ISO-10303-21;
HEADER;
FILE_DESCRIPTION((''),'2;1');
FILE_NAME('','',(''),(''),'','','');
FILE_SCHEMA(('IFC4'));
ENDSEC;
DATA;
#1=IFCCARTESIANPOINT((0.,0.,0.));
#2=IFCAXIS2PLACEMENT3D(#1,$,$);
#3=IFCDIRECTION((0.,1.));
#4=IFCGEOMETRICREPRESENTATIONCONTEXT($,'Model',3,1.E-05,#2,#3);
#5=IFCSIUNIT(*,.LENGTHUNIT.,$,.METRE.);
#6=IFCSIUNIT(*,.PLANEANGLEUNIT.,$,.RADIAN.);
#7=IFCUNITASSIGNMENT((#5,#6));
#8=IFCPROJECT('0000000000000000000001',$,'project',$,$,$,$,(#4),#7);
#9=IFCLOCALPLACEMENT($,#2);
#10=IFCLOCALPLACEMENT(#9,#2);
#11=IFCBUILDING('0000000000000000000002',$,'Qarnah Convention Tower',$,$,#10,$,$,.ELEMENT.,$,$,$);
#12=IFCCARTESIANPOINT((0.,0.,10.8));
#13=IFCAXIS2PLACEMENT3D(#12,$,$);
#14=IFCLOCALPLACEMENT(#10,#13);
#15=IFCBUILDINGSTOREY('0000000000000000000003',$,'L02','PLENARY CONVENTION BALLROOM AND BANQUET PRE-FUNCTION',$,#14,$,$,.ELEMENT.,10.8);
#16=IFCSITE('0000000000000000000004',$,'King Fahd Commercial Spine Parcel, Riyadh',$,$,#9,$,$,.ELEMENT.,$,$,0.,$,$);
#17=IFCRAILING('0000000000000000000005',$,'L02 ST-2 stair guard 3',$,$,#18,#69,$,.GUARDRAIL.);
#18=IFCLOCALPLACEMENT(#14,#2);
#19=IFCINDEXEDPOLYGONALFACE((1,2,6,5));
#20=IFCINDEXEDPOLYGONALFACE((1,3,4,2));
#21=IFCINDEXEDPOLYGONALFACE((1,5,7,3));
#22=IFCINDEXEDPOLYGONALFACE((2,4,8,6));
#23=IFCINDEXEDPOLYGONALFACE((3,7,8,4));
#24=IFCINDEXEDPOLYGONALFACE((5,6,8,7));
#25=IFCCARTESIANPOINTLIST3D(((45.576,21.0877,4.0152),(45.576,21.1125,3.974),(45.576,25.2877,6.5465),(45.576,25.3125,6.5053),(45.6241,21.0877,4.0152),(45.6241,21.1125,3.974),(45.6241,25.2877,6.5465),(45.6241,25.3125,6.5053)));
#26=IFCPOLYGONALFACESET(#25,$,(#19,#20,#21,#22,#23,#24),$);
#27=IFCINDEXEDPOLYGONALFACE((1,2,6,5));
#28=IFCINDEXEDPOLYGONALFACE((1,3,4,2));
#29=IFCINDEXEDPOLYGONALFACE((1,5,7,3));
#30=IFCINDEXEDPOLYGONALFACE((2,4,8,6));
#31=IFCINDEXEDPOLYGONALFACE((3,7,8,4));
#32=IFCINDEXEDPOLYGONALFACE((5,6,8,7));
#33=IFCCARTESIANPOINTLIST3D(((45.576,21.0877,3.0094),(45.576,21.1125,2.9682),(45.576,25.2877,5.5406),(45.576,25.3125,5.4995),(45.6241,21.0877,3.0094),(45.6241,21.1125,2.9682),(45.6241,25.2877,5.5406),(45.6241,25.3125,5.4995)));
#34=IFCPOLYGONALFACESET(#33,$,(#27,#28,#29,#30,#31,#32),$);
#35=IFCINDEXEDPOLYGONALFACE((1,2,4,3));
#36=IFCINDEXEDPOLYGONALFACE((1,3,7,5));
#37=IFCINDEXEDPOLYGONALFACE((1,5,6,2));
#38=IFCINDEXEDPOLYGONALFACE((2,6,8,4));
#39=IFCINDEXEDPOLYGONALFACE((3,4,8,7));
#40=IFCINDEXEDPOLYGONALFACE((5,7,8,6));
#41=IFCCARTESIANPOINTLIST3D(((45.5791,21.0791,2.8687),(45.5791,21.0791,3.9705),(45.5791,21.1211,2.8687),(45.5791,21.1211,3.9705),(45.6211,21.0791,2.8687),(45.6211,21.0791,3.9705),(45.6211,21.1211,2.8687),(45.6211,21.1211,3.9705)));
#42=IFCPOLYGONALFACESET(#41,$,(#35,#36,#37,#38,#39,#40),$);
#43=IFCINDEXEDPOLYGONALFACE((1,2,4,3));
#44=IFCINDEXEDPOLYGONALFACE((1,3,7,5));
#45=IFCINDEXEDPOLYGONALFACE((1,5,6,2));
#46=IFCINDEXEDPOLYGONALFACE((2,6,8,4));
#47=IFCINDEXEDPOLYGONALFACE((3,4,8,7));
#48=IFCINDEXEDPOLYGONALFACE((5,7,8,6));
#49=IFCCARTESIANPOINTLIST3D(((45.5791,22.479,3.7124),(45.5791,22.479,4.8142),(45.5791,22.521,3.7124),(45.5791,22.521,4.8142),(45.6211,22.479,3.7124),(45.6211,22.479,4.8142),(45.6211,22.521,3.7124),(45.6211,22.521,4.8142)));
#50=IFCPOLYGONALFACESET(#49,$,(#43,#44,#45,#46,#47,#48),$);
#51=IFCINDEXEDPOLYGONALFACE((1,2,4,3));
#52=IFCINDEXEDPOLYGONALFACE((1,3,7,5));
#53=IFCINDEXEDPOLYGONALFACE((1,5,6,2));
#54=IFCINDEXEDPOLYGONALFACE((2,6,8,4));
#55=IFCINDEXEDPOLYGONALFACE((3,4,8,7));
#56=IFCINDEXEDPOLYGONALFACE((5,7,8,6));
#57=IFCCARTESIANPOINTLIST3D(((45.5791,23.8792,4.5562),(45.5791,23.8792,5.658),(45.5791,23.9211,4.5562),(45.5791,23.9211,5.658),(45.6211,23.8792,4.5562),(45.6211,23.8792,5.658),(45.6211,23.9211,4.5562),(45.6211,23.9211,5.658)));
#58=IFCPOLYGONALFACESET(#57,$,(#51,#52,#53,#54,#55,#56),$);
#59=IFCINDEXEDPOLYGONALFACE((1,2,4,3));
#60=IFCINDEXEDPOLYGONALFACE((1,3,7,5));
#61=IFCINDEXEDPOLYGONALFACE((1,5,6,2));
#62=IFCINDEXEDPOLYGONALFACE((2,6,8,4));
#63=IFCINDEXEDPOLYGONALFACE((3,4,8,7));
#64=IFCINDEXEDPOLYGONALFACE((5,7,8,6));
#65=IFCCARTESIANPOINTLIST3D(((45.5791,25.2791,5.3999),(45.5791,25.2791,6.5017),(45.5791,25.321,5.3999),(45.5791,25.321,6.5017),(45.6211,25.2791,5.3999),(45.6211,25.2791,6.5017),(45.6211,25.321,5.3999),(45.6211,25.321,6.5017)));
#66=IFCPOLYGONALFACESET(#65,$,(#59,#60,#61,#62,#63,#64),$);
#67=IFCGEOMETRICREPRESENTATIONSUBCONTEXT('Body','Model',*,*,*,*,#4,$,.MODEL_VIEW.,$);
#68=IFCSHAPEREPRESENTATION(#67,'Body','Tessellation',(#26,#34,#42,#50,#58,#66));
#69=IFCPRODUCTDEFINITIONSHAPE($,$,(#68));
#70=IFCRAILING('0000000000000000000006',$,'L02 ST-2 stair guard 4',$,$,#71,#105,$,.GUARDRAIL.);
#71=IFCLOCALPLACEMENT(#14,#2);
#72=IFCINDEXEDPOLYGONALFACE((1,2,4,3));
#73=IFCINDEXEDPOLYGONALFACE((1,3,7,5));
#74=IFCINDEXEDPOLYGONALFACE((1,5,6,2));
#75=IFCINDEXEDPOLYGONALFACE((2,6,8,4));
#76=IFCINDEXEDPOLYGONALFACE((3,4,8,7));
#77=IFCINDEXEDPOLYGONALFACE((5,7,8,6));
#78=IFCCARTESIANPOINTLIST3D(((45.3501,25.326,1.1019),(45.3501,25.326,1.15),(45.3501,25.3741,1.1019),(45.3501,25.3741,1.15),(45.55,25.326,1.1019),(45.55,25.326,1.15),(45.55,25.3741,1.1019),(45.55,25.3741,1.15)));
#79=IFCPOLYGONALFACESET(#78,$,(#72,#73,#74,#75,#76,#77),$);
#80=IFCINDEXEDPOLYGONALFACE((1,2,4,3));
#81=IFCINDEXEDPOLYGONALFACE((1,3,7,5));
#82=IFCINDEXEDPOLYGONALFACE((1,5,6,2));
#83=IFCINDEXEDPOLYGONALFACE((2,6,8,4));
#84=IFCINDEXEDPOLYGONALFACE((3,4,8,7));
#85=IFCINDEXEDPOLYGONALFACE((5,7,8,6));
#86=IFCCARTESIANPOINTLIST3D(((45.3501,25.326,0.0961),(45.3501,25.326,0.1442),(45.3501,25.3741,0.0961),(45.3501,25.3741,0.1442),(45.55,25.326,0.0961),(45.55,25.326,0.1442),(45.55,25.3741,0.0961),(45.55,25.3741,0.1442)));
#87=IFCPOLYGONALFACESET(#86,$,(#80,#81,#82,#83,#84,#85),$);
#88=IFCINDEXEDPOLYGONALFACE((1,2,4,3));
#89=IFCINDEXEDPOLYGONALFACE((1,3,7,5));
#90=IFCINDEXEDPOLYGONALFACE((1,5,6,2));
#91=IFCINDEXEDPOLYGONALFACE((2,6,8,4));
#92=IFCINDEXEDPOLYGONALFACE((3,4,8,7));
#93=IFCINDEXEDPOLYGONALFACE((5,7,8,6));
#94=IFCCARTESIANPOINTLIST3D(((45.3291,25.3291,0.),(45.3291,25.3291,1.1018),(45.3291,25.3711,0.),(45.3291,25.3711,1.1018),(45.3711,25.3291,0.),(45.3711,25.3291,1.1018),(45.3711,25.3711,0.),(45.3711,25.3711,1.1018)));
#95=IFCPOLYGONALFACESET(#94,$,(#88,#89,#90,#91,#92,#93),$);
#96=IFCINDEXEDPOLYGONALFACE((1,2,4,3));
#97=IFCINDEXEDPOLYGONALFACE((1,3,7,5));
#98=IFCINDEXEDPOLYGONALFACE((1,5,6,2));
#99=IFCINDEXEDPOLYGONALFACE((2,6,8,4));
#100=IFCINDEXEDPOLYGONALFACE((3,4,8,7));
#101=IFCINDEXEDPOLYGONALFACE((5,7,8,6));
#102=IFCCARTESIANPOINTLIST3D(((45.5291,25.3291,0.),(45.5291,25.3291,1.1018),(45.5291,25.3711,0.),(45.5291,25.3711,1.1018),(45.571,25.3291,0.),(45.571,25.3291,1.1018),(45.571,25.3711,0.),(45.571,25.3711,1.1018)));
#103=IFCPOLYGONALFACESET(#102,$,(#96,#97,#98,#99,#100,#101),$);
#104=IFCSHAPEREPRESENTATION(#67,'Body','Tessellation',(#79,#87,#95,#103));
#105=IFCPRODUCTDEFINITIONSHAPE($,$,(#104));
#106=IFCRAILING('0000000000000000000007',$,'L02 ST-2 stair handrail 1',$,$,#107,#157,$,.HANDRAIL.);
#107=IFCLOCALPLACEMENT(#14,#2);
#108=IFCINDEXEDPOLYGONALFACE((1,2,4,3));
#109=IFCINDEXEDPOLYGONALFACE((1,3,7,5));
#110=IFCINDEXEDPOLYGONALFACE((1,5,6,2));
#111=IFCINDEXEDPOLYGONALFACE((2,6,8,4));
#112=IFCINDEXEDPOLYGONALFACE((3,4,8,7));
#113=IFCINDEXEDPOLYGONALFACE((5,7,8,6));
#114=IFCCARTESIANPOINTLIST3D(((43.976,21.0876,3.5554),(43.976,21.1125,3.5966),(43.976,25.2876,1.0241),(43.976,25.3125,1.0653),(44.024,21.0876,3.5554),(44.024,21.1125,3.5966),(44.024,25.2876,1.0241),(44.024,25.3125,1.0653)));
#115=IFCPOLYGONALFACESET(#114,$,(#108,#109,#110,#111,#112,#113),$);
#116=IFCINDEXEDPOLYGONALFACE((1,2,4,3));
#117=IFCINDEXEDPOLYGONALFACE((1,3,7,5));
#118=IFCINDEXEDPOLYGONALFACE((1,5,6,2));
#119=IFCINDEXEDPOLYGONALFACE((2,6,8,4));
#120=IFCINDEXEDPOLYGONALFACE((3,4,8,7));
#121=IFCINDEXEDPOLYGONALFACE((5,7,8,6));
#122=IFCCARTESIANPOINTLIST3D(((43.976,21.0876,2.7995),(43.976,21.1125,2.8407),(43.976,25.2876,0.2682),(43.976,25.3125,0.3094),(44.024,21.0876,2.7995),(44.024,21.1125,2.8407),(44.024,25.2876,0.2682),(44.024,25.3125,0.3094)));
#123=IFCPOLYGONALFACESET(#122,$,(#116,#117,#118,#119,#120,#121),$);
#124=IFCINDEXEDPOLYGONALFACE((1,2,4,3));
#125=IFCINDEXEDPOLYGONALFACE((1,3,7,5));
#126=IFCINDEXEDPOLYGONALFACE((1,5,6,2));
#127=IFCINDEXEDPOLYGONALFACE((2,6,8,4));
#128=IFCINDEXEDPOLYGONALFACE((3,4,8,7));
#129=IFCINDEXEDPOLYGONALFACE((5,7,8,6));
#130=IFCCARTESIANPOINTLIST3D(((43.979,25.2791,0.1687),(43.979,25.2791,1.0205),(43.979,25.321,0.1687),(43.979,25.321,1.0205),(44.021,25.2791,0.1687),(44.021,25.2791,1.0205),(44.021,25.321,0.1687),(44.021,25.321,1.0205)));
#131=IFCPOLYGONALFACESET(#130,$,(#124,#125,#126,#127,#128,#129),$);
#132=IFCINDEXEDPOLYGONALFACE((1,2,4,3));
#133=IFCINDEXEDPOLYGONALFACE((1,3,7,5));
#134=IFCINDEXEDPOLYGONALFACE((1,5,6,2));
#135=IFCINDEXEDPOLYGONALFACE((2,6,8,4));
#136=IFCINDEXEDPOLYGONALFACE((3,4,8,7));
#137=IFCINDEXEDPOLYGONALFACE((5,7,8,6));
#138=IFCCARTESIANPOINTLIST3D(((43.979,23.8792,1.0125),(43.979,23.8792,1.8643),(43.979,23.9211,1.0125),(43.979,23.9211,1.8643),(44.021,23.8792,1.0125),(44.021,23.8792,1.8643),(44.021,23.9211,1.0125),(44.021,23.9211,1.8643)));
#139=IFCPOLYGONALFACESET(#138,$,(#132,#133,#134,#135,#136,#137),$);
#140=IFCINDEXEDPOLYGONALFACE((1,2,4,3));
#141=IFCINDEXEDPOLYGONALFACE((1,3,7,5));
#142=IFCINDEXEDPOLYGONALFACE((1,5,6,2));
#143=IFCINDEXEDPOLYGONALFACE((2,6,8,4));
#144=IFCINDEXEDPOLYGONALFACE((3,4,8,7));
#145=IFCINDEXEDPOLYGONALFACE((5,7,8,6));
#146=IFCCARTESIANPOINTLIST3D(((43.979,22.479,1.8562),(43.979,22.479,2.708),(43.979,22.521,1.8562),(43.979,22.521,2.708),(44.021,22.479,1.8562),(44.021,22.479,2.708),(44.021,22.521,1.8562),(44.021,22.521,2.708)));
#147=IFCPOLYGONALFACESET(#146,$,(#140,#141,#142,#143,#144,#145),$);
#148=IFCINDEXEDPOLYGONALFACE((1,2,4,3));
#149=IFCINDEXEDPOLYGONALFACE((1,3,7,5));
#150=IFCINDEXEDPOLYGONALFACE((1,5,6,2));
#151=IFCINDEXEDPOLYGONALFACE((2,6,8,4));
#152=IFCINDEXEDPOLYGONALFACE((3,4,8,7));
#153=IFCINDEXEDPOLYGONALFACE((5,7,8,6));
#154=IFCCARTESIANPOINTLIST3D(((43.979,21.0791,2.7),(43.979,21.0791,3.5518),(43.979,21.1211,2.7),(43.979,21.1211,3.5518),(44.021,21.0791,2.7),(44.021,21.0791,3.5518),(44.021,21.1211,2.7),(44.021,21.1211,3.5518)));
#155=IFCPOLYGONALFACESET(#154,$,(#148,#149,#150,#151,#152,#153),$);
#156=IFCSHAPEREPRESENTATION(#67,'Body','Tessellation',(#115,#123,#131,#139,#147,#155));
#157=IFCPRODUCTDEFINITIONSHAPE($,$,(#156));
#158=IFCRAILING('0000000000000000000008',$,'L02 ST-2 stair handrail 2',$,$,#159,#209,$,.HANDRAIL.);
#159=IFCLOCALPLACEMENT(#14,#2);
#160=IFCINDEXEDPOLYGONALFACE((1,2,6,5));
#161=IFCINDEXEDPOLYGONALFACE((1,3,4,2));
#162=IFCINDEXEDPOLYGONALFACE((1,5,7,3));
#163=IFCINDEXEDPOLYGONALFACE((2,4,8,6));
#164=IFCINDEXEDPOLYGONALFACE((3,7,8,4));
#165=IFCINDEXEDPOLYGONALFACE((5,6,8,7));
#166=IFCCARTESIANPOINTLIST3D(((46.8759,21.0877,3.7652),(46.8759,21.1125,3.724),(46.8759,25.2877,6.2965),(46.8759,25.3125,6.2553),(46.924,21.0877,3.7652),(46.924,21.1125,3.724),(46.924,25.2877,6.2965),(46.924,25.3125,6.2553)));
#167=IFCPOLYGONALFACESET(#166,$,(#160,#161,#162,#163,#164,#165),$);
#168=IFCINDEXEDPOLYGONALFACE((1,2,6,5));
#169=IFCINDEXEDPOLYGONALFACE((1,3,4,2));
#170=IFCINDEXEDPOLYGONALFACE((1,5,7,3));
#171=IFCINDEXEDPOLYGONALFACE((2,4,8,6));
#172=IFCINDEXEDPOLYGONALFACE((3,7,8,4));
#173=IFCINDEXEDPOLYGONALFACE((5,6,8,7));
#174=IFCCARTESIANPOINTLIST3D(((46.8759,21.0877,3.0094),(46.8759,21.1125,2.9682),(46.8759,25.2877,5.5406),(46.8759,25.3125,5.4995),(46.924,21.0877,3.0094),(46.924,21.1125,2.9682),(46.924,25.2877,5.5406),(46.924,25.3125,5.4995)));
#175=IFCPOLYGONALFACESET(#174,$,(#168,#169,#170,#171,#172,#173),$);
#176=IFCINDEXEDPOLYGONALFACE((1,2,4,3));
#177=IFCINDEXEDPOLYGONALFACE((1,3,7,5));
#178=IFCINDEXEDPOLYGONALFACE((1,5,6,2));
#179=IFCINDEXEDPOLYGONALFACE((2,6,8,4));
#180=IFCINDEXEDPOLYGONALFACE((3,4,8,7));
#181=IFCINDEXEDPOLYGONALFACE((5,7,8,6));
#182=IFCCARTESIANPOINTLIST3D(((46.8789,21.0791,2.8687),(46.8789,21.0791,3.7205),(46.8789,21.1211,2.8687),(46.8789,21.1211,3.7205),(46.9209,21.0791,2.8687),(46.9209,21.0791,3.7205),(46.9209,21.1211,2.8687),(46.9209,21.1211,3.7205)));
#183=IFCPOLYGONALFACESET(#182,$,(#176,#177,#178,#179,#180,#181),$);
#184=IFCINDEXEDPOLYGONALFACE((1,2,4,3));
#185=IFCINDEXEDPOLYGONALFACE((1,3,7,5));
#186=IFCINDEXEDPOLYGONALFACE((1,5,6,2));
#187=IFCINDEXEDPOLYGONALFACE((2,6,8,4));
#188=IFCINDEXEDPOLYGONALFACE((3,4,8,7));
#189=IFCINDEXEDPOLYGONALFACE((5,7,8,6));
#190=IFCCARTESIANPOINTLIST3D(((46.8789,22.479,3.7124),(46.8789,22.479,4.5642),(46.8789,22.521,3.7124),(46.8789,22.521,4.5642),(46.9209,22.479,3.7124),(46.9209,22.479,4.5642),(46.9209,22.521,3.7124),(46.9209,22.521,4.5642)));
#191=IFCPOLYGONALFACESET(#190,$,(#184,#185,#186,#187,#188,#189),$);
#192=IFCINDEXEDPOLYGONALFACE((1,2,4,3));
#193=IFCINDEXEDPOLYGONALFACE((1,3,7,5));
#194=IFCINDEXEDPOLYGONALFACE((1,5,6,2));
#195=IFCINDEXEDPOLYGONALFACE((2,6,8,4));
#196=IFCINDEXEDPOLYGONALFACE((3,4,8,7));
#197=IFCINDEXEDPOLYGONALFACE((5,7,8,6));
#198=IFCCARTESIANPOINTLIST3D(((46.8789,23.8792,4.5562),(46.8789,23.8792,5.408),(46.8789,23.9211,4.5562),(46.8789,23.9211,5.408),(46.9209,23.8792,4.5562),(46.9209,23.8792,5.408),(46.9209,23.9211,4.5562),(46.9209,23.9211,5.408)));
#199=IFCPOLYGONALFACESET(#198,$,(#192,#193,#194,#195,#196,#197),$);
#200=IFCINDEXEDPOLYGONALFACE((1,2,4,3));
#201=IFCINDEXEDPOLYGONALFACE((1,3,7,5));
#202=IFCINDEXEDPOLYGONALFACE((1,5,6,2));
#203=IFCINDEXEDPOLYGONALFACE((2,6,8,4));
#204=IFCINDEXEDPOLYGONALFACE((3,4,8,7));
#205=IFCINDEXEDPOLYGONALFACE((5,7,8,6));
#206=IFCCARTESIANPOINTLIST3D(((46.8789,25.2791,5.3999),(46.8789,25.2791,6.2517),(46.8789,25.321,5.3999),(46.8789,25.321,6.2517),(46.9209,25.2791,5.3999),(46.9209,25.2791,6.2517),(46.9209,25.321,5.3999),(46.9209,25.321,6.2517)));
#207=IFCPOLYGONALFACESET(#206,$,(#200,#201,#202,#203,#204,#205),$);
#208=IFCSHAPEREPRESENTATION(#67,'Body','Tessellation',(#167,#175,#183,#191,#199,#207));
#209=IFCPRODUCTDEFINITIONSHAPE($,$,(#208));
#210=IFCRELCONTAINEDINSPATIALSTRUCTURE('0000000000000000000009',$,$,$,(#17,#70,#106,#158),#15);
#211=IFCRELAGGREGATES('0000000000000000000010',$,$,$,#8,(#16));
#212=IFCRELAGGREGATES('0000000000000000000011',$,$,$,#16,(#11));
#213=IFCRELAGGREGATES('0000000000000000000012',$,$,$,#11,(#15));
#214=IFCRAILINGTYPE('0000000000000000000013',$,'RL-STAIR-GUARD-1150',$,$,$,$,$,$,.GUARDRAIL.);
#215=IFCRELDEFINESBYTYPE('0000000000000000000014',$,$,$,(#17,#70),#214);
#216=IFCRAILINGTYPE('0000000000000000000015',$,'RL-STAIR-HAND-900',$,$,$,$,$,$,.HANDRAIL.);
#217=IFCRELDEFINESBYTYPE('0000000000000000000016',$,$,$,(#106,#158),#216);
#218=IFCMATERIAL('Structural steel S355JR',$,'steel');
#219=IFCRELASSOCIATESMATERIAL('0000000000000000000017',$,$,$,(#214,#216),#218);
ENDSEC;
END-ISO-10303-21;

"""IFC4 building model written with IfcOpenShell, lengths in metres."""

from ifc_helpers import new_model, si_unit, direction, frame, origin, origin_2d, place, context, subcontext, project, spatial, rectangle, extrude, material, type_object, element, save


model = new_model("IFC4")

# Units and contexts
model_context = context("Model", 3, precision=1e-05, world=origin(), true_north=direction((0.0, 1.0)))
body_context = subcontext(model_context, "Body", "Model", "MODEL_VIEW")
ifc_project = project(units=[si_unit("LENGTHUNIT", "METRE"), si_unit("PLANEANGLEUNIT", "RADIAN")], contexts=[model_context])

# Site, building, storey
site_placement = place(None, origin())
site = spatial("IfcSite", under=ifc_project, at=site_placement, Name="King Fahd Commercial Spine Parcel, Riyadh", CompositionType="ELEMENT", RefElevation=0.0)
building_placement = place(site_placement, origin())
building = spatial("IfcBuilding", under=site, at=building_placement, Name="Qarnah Convention Tower", CompositionType="ELEMENT")
storey_placement = place(building_placement, frame((0.0, 0.0, 10.8)))
storey = spatial("IfcBuildingStorey", under=building, at=storey_placement, Name="L02", Description="PLENARY CONVENTION BALLROOM AND BANQUET PRE-FUNCTION", CompositionType="ELEMENT", Elevation=10.8)

# Shared definitions
ifc_material_1 = material(Name="Structural steel S355JR", Category="steel")

# Railings
railing_type_1 = type_object("IfcRailingType", Name="RL-STAIR-GUARD-1150", PredefinedType="GUARDRAIL", material=ifc_material_1)
railing_1_placement = place(storey_placement, frame((45.6001, 21.1001, 2.8687)))
element("IfcRailing", 1, at=railing_1_placement, inside=storey, type_object=railing_type_1, Name="L02 ST-2 stair guard 3", PredefinedType="GUARDRAIL", context=body_context, shape_type="SweptSolid", body=[
    extrude(rectangle(XDim=0.0481, YDim=0.0481, at=origin_2d()), frame((0.0, 0.0, 1.126), z_axis=(0.0, 0.856476, 0.516186), x_axis=(-1.0, 0.0, 0.0)), (0.0, 0.0, 1.0), 4.9038),
    extrude(rectangle(XDim=0.0481, YDim=0.0481, at=origin_2d()), frame((0.0, 0.0, 0.1201), z_axis=(0.0, 0.856476, 0.516186), x_axis=(-1.0, 0.0, 0.0)), (0.0, 0.0, 1.0), 4.9038),
    extrude(rectangle(XDim=0.042, YDim=0.042, at=origin_2d()), origin(), (0.0, 0.0, 1.0), 1.1018),
    extrude(rectangle(XDim=0.042, YDim=0.042, at=origin_2d()), frame((0.0, 1.3999, 0.8438)), (0.0, 0.0, 1.0), 1.1018),
    extrude(rectangle(XDim=0.042, YDim=0.042, at=origin_2d()), frame((0.0, 2.8, 1.6875)), (0.0, 0.0, 1.0), 1.1018),
    extrude(rectangle(XDim=0.042, YDim=0.042, at=origin_2d()), frame((0.0, 4.2, 2.5312)), (0.0, 0.0, 1.0), 1.1018),
])
railing_2_placement = place(storey_placement, frame((45.3501, 25.3501, 0.0)))
element("IfcRailing", 2, at=railing_2_placement, inside=storey, type_object=railing_type_1, Name="L02 ST-2 stair guard 4", PredefinedType="GUARDRAIL", context=body_context, shape_type="SweptSolid", body=[
    extrude(rectangle(XDim=0.0481, YDim=0.0481, at=origin_2d()), frame((0.0, 0.0, 1.126), z_axis=(1.0, 0.0, 0.0), x_axis=(0.0, 1.0, 0.0)), (0.0, 0.0, 1.0), 0.2),
    extrude(rectangle(XDim=0.0481, YDim=0.0481, at=origin_2d()), frame((0.0, 0.0, 0.1201), z_axis=(1.0, 0.0, 0.0), x_axis=(0.0, 1.0, 0.0)), (0.0, 0.0, 1.0), 0.2),
    extrude(rectangle(XDim=0.042, YDim=0.042, at=origin_2d()), origin(), (0.0, 0.0, 1.0), 1.1018),
    extrude(rectangle(XDim=0.042, YDim=0.042, at=origin_2d()), frame((0.2, 0.0, 0.0)), (0.0, 0.0, 1.0), 1.1018),
])
railing_type_2 = type_object("IfcRailingType", Name="RL-STAIR-HAND-900", PredefinedType="HANDRAIL", material=ifc_material_1)
railing_3_placement = place(storey_placement, frame((44.0, 25.3, 0.1687)))
element("IfcRailing", 3, at=railing_3_placement, inside=storey, type_object=railing_type_2, Name="L02 ST-2 stair handrail 1", PredefinedType="HANDRAIL", context=body_context, shape_type="SweptSolid", body=[
    extrude(rectangle(XDim=0.0481, YDim=0.0481, at=origin_2d()), frame((0.0, 0.0, 0.876), z_axis=(0.0, -0.856476, 0.516186), x_axis=(1.0, 0.0, 0.0)), (0.0, 0.0, 1.0), 4.9038),
    extrude(rectangle(XDim=0.0481, YDim=0.0481, at=origin_2d()), frame((0.0, 0.0, 0.1201), z_axis=(0.0, -0.856476, 0.516186), x_axis=(1.0, 0.0, 0.0)), (0.0, 0.0, 1.0), 4.9038),
    extrude(rectangle(XDim=0.042, YDim=0.042, at=origin_2d()), origin(), (0.0, 0.0, 1.0), 0.8518),
    extrude(rectangle(XDim=0.042, YDim=0.042, at=origin_2d()), frame((0.0, -1.3999, 0.8438)), (0.0, 0.0, 1.0), 0.8518),
    extrude(rectangle(XDim=0.042, YDim=0.042, at=origin_2d()), frame((0.0, -2.8, 1.6875)), (0.0, 0.0, 1.0), 0.8518),
    extrude(rectangle(XDim=0.042, YDim=0.042, at=origin_2d()), frame((0.0, -4.2, 2.5312)), (0.0, 0.0, 1.0), 0.8518),
])
railing_4_placement = place(storey_placement, frame((46.8999, 21.1001, 2.8687)))
element("IfcRailing", 4, at=railing_4_placement, inside=storey, type_object=railing_type_2, Name="L02 ST-2 stair handrail 2", PredefinedType="HANDRAIL", context=body_context, shape_type="SweptSolid", body=[
    extrude(rectangle(XDim=0.0481, YDim=0.0481, at=origin_2d()), frame((0.0, 0.0, 0.876), z_axis=(0.0, 0.856476, 0.516186), x_axis=(-1.0, 0.0, 0.0)), (0.0, 0.0, 1.0), 4.9038),
    extrude(rectangle(XDim=0.0481, YDim=0.0481, at=origin_2d()), frame((0.0, 0.0, 0.1201), z_axis=(0.0, 0.856476, 0.516186), x_axis=(-1.0, 0.0, 0.0)), (0.0, 0.0, 1.0), 4.9038),
    extrude(rectangle(XDim=0.042, YDim=0.042, at=origin_2d()), origin(), (0.0, 0.0, 1.0), 0.8518),
    extrude(rectangle(XDim=0.042, YDim=0.042, at=origin_2d()), frame((0.0, 1.3999, 0.8438)), (0.0, 0.0, 1.0), 0.8518),
    extrude(rectangle(XDim=0.042, YDim=0.042, at=origin_2d()), frame((0.0, 2.8, 1.6875)), (0.0, 0.0, 1.0), 0.8518),
    extrude(rectangle(XDim=0.042, YDim=0.042, at=origin_2d()), frame((0.0, 4.2, 2.5312)), (0.0, 0.0, 1.0), 0.8518),
])

save(model, "model.ifc")
